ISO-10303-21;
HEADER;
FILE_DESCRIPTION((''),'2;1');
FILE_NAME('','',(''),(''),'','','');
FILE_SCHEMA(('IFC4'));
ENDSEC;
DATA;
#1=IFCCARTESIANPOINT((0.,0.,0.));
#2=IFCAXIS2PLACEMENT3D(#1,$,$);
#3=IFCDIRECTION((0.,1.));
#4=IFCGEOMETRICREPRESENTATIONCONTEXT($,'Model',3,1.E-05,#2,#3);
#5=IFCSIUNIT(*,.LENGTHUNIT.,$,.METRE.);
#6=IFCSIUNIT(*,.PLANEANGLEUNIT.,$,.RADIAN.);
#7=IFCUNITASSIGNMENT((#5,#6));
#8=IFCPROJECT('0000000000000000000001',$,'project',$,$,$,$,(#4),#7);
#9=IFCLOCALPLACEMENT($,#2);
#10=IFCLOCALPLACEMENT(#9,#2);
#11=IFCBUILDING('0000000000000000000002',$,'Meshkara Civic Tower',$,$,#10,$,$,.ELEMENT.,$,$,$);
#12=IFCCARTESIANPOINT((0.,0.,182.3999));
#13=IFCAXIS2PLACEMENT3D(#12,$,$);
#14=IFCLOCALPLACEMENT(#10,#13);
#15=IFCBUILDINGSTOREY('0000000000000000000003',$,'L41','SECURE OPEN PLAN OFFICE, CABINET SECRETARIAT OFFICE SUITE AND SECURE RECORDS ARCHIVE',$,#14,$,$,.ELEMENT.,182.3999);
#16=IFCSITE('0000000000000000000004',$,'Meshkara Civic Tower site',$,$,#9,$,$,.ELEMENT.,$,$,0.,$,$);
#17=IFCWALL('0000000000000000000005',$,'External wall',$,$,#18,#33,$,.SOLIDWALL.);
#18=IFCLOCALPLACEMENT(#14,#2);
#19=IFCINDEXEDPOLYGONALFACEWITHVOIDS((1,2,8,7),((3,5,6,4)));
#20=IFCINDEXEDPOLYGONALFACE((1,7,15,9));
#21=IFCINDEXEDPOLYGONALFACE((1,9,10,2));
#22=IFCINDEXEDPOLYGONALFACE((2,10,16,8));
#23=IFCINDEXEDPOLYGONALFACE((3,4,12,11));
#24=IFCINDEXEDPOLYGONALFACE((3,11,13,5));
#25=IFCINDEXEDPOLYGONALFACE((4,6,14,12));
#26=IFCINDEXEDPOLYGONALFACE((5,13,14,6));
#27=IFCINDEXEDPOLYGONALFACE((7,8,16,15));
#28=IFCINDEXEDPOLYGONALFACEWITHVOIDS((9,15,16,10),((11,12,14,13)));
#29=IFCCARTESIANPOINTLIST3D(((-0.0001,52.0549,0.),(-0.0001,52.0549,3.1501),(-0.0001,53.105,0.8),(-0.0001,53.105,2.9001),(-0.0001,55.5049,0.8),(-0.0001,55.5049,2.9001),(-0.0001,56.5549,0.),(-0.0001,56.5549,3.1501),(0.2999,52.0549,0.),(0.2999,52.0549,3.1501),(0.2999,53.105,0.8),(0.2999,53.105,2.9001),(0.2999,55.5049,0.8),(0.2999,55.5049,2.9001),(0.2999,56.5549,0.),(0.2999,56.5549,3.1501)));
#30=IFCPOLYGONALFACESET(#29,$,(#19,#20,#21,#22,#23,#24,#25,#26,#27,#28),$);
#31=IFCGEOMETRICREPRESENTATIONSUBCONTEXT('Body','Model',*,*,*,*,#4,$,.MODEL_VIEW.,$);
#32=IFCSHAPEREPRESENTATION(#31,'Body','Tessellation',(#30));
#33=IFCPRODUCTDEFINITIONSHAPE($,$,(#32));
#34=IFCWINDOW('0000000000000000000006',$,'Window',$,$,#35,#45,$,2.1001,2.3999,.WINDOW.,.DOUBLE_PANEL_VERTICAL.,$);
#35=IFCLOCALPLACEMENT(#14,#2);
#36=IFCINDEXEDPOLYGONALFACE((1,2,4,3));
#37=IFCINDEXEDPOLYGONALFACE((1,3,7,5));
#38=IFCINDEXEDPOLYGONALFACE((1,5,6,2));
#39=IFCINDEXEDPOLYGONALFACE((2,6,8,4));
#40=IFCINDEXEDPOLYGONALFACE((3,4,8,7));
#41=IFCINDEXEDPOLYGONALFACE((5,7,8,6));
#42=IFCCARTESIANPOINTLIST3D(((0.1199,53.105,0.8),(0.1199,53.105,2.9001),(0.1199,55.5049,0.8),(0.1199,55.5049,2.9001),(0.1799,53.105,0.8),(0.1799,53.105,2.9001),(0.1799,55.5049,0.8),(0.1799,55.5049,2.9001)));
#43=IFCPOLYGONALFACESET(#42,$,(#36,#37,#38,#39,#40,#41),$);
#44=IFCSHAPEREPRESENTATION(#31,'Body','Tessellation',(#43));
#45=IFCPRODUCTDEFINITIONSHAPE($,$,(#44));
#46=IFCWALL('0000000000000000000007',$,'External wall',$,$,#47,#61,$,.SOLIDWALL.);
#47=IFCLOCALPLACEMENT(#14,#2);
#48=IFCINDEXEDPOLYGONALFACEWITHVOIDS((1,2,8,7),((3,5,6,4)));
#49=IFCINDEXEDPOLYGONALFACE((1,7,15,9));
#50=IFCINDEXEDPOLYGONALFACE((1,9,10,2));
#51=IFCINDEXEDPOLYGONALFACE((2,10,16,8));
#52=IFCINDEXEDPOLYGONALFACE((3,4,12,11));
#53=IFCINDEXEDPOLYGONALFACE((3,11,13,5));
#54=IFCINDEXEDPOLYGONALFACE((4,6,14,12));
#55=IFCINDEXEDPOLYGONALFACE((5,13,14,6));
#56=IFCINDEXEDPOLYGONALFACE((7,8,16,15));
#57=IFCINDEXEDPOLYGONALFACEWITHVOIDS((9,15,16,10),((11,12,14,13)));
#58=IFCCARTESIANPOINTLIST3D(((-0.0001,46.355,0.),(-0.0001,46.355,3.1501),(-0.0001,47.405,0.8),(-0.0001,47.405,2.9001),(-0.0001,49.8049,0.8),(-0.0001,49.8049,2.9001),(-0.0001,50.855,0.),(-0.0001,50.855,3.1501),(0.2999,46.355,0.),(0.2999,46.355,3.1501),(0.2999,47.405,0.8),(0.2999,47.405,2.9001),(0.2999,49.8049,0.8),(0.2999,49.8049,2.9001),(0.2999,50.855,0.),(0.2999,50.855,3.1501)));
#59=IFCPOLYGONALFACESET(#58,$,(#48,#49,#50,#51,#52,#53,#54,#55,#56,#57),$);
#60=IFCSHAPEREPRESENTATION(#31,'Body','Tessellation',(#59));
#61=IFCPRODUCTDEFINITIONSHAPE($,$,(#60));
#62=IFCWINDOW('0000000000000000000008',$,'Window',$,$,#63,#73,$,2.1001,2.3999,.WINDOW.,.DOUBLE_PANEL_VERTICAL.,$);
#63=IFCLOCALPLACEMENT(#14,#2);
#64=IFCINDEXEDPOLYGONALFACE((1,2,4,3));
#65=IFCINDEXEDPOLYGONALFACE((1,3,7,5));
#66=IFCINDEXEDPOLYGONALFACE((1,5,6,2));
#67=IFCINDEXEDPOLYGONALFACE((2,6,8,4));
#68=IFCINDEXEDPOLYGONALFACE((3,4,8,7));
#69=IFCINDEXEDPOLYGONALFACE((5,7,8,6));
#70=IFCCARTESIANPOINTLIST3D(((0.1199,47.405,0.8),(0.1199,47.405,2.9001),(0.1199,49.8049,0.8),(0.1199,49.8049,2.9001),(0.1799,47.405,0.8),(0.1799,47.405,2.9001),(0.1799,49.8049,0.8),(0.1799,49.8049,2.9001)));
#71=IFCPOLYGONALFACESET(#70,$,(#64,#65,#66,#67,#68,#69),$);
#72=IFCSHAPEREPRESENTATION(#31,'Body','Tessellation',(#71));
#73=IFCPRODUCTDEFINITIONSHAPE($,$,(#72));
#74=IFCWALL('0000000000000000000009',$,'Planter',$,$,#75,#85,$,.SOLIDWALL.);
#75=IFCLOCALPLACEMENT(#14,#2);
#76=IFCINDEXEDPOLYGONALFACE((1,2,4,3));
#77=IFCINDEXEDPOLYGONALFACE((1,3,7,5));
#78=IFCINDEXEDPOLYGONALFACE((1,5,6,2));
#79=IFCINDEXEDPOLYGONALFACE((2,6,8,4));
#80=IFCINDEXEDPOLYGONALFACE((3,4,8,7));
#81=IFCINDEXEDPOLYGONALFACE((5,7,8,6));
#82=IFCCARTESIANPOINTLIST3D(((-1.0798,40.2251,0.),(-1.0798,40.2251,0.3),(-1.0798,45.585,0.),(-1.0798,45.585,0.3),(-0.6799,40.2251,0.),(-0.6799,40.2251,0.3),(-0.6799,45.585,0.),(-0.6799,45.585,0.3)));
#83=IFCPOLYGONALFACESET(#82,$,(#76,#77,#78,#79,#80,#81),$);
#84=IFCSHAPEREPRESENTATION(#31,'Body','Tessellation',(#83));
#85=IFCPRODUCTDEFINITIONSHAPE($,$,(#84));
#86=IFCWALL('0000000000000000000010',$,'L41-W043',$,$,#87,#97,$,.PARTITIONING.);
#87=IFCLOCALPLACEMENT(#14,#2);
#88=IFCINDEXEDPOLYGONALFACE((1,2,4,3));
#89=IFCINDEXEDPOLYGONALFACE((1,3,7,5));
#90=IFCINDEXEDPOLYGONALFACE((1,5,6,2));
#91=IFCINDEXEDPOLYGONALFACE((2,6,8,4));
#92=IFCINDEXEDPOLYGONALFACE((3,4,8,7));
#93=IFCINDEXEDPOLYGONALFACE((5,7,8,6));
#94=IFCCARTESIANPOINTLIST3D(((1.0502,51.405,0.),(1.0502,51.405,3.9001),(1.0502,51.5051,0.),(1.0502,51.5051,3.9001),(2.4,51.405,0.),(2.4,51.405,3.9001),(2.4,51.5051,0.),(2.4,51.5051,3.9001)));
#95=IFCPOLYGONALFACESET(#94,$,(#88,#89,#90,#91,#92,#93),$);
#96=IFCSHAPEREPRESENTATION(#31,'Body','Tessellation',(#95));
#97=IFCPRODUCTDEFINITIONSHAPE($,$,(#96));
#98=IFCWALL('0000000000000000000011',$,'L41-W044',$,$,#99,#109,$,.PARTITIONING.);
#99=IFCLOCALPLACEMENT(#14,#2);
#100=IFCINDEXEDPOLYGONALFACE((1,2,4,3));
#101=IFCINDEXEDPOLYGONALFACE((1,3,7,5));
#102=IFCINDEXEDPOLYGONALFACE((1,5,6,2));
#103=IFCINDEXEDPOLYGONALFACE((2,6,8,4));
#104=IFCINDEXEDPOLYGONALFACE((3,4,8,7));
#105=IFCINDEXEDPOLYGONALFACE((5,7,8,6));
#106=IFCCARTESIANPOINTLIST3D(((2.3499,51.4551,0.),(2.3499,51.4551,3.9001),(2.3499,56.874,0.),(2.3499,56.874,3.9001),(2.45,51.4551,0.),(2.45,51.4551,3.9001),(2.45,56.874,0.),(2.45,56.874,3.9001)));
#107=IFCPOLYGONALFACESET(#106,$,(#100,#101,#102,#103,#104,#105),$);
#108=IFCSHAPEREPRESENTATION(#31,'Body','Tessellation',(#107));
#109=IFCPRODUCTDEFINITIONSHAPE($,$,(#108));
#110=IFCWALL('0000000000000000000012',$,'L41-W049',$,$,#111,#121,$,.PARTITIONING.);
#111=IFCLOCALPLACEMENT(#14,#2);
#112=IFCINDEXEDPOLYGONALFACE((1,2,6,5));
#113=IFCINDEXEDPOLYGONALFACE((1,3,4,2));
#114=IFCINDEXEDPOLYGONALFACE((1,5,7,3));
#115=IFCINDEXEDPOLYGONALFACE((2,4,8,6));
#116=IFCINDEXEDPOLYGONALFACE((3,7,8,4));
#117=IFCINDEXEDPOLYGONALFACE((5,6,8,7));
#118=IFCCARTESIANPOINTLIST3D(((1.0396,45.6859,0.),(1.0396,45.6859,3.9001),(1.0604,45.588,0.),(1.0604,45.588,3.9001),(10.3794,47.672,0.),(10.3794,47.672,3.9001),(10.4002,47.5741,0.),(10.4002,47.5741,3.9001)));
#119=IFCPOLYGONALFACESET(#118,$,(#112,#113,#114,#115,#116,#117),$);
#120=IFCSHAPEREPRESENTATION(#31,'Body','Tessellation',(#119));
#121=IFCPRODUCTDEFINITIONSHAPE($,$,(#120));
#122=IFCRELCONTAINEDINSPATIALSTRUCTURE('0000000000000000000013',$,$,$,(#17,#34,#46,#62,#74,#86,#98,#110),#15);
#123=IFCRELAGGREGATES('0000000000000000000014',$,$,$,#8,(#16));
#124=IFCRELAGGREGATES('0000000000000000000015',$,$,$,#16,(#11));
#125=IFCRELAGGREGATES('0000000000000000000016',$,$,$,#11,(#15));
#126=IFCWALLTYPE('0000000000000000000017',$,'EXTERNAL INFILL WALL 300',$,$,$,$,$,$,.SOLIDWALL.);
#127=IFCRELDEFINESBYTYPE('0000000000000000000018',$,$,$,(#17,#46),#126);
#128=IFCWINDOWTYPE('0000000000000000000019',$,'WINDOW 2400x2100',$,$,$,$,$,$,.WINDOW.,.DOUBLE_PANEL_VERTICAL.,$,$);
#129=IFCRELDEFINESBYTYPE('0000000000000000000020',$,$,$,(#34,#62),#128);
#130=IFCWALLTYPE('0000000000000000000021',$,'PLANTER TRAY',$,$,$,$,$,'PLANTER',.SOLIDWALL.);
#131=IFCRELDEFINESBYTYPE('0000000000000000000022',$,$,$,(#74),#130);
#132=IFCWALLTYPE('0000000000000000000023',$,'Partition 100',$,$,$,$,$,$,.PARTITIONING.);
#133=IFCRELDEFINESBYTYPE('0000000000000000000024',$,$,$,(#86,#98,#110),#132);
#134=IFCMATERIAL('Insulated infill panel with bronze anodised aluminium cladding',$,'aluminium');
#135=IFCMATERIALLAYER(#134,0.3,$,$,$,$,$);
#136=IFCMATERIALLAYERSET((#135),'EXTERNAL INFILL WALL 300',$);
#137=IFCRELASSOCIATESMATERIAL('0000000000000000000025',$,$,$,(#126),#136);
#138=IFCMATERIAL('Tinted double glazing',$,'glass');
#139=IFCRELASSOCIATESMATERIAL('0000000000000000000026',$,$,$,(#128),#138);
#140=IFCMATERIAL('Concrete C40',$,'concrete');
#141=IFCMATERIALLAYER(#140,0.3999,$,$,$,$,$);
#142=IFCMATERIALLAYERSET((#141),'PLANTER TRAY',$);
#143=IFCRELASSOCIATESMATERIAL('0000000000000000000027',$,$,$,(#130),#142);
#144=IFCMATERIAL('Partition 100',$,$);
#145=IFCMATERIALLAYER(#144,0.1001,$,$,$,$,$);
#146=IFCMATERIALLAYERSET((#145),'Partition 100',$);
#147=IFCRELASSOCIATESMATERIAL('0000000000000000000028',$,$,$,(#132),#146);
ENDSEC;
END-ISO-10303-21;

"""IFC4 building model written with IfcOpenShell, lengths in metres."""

from ifc_helpers import new_model, si_unit, direction, frame, frame_2d, origin, place, context, subcontext, project, spatial, rectangle, extrude, material, layer, layer_set, type_object, element, fill, save


model = new_model("IFC4")

# Units and contexts
model_context = context("Model", 3, precision=1e-05, world=origin(), true_north=direction((0.0, 1.0)))
body_context = subcontext(model_context, "Body", "Model", "MODEL_VIEW")
ifc_project = project(units=[si_unit("LENGTHUNIT", "METRE"), si_unit("PLANEANGLEUNIT", "RADIAN")], contexts=[model_context])

# Site, building, storey
site_placement = place(None, origin())
site = spatial("IfcSite", under=ifc_project, at=site_placement, Name="Meshkara Civic Tower site", CompositionType="ELEMENT", RefElevation=0.0)
building_placement = place(site_placement, origin())
building = spatial("IfcBuilding", under=site, at=building_placement, Name="Meshkara Civic Tower", CompositionType="ELEMENT")
storey_placement = place(building_placement, frame((0.0, 0.0, 182.3999)))
storey = spatial("IfcBuildingStorey", under=building, at=storey_placement, Name="L41", Description="SECURE OPEN PLAN OFFICE, CABINET SECRETARIAT OFFICE SUITE AND SECURE RECORDS ARCHIVE", CompositionType="ELEMENT", Elevation=182.3999)

# Walls, openings, windows
ifc_material_1 = material(Name="Insulated infill panel with bronze anodised aluminium cladding", Category="aluminium")
ifc_layer_1 = layer(ifc_material_1, 0.3)
ifc_layer_set_1 = layer_set([ifc_layer_1], Name="EXTERNAL INFILL WALL 300")
wall_type_1 = type_object("IfcWallType", Name="EXTERNAL INFILL WALL 300", PredefinedType="SOLIDWALL", material=ifc_layer_set_1)
wall_1_placement = place(storey_placement, frame((0.1499, 56.5549, 0.0), z_axis=(0.0, 0.0, 1.0), x_axis=(0.0, -1.0, 0.0)))
wall_1 = element("IfcWall", 1, at=wall_1_placement, inside=storey, type_object=wall_type_1, Name="External wall", PredefinedType="SOLIDWALL", context=body_context, shape_type="SweptSolid", body=[
    extrude(rectangle(XDim=4.5, YDim=0.3, at=frame_2d((2.25, 0.0))), origin(), (0.0, 0.0, 1.0), 3.1501),
])
opening_1_placement = place(wall_1_placement, frame((1.05, 0.0, 0.8)))
opening_1 = element("IfcOpeningElement", 2, at=opening_1_placement, cuts=wall_1, PredefinedType="OPENING", context=body_context, shape_type="SweptSolid", body=[
    extrude(rectangle(XDim=2.3999, YDim=2.1001, at=frame_2d((1.2, 1.05))), frame((0.0, 0.1599, 0.0), z_axis=(0.0, -1.0, 0.0), x_axis=(1.0, 0.0, 0.0)), (0.0, 0.0, 1.0), 0.3201),
])
ifc_material_2 = material(Name="Tinted double glazing", Category="glass")
window_type = type_object("IfcWindowType", Name="WINDOW 2400x2100", PartitioningType="DOUBLE_PANEL_VERTICAL", PredefinedType="WINDOW", material=ifc_material_2)
window_1_placement = place(opening_1_placement, origin())
window_1 = element("IfcWindow", 3, at=window_1_placement, inside=storey, type_object=window_type, Name="Window", OverallHeight=2.1001, OverallWidth=2.3999, PartitioningType="DOUBLE_PANEL_VERTICAL", PredefinedType="WINDOW", context=body_context, shape_type="SweptSolid", body=[
    extrude(rectangle(XDim=2.3999, YDim=2.1001, at=frame_2d((1.2, 1.05))), frame((0.0, 0.03, 0.0), z_axis=(0.0, -1.0, 0.0), x_axis=(1.0, 0.0, 0.0)), (0.0, 0.0, 1.0), 0.0601),
])
fill(opening_1, window_1)
wall_2_placement = place(storey_placement, frame((0.1499, 50.855, 0.0), z_axis=(0.0, 0.0, 1.0), x_axis=(0.0, -1.0, 0.0)))
wall_2 = element("IfcWall", 4, at=wall_2_placement, inside=storey, type_object=wall_type_1, Name="External wall", PredefinedType="SOLIDWALL", context=body_context, shape_type="SweptSolid", body=[
    extrude(rectangle(XDim=4.5, YDim=0.3, at=frame_2d((2.25, 0.0))), origin(), (0.0, 0.0, 1.0), 3.1501),
])
opening_2_placement = place(wall_2_placement, frame((1.05, 0.0, 0.8)))
opening_2 = element("IfcOpeningElement", 5, at=opening_2_placement, cuts=wall_2, PredefinedType="OPENING", context=body_context, shape_type="SweptSolid", body=[
    extrude(rectangle(XDim=2.3999, YDim=2.1001, at=frame_2d((1.2, 1.05))), frame((0.0, 0.1599, 0.0), z_axis=(0.0, -1.0, 0.0), x_axis=(1.0, 0.0, 0.0)), (0.0, 0.0, 1.0), 0.3201),
])
window_2_placement = place(opening_2_placement, origin())
window_2 = element("IfcWindow", 6, at=window_2_placement, inside=storey, type_object=window_type, Name="Window", OverallHeight=2.1001, OverallWidth=2.3999, PartitioningType="DOUBLE_PANEL_VERTICAL", PredefinedType="WINDOW", context=body_context, shape_type="SweptSolid", body=[
    extrude(rectangle(XDim=2.3999, YDim=2.1001, at=frame_2d((1.2, 1.05))), frame((0.0, 0.03, 0.0), z_axis=(0.0, -1.0, 0.0), x_axis=(1.0, 0.0, 0.0)), (0.0, 0.0, 1.0), 0.0601),
])
fill(opening_2, window_2)

# Walls
ifc_material_3 = material(Name="Concrete C40", Category="concrete")
ifc_layer_2 = layer(ifc_material_3, 0.3999)
ifc_layer_set_2 = layer_set([ifc_layer_2], Name="PLANTER TRAY")
wall_type_2 = type_object("IfcWallType", Name="PLANTER TRAY", ElementType="PLANTER", PredefinedType="SOLIDWALL", material=ifc_layer_set_2)
wall_3_placement = place(storey_placement, frame((-0.8799, 45.585, 0.0), z_axis=(0.0, 0.0, 1.0), x_axis=(0.0, -1.0, 0.0)))
element("IfcWall", 7, at=wall_3_placement, inside=storey, type_object=wall_type_2, Name="Planter", PredefinedType="SOLIDWALL", context=body_context, shape_type="SweptSolid", body=[
    extrude(rectangle(XDim=5.3599, YDim=0.3999, at=frame_2d((2.6799, 0.0))), origin(), (0.0, 0.0, 1.0), 0.3),
])
ifc_material_4 = material(Name="Partition 100")
ifc_layer_3 = layer(ifc_material_4, 0.1001)
ifc_layer_set_3 = layer_set([ifc_layer_3], Name="Partition 100")
wall_type_3 = type_object("IfcWallType", Name="Partition 100", PredefinedType="PARTITIONING", material=ifc_layer_set_3)
wall_4_placement = place(storey_placement, frame((2.3999, 51.4551, 0.0), z_axis=(0.0, 0.0, 1.0), x_axis=(-1.0, 0.0, 0.0)))
element("IfcWall", 8, at=wall_4_placement, inside=storey, type_object=wall_type_3, Name="L41-W043", PredefinedType="PARTITIONING", context=body_context, shape_type="SweptSolid", body=[
    extrude(rectangle(XDim=1.3499, YDim=0.1001, at=frame_2d((0.6748, 0.0))), origin(), (0.0, 0.0, 1.0), 3.9001),
])
wall_5_placement = place(storey_placement, frame((2.3999, 56.874, 0.0), z_axis=(0.0, 0.0, 1.0), x_axis=(0.0, -1.0, 0.0)))
element("IfcWall", 9, at=wall_5_placement, inside=storey, type_object=wall_type_3, Name="L41-W044", PredefinedType="PARTITIONING", context=body_context, shape_type="SweptSolid", body=[
    extrude(rectangle(XDim=5.4189, YDim=0.1001, at=frame_2d((2.7095, 0.0))), origin(), (0.0, 0.0, 1.0), 3.9001),
])
wall_6_placement = place(storey_placement, frame((10.3899, 47.623, 0.0), z_axis=(0.0, 0.0, 1.0), x_axis=(-0.97813, -0.207996, 0.0)))
element("IfcWall", 10, at=wall_6_placement, inside=storey, type_object=wall_type_3, Name="L41-W049", PredefinedType="PARTITIONING", context=body_context, shape_type="SweptSolid", body=[
    extrude(rectangle(XDim=9.5486, YDim=0.1001, at=frame_2d((4.7744, 0.0))), origin(), (0.0, 0.0, 1.0), 3.9001),
])

save(model, "model.ifc")
